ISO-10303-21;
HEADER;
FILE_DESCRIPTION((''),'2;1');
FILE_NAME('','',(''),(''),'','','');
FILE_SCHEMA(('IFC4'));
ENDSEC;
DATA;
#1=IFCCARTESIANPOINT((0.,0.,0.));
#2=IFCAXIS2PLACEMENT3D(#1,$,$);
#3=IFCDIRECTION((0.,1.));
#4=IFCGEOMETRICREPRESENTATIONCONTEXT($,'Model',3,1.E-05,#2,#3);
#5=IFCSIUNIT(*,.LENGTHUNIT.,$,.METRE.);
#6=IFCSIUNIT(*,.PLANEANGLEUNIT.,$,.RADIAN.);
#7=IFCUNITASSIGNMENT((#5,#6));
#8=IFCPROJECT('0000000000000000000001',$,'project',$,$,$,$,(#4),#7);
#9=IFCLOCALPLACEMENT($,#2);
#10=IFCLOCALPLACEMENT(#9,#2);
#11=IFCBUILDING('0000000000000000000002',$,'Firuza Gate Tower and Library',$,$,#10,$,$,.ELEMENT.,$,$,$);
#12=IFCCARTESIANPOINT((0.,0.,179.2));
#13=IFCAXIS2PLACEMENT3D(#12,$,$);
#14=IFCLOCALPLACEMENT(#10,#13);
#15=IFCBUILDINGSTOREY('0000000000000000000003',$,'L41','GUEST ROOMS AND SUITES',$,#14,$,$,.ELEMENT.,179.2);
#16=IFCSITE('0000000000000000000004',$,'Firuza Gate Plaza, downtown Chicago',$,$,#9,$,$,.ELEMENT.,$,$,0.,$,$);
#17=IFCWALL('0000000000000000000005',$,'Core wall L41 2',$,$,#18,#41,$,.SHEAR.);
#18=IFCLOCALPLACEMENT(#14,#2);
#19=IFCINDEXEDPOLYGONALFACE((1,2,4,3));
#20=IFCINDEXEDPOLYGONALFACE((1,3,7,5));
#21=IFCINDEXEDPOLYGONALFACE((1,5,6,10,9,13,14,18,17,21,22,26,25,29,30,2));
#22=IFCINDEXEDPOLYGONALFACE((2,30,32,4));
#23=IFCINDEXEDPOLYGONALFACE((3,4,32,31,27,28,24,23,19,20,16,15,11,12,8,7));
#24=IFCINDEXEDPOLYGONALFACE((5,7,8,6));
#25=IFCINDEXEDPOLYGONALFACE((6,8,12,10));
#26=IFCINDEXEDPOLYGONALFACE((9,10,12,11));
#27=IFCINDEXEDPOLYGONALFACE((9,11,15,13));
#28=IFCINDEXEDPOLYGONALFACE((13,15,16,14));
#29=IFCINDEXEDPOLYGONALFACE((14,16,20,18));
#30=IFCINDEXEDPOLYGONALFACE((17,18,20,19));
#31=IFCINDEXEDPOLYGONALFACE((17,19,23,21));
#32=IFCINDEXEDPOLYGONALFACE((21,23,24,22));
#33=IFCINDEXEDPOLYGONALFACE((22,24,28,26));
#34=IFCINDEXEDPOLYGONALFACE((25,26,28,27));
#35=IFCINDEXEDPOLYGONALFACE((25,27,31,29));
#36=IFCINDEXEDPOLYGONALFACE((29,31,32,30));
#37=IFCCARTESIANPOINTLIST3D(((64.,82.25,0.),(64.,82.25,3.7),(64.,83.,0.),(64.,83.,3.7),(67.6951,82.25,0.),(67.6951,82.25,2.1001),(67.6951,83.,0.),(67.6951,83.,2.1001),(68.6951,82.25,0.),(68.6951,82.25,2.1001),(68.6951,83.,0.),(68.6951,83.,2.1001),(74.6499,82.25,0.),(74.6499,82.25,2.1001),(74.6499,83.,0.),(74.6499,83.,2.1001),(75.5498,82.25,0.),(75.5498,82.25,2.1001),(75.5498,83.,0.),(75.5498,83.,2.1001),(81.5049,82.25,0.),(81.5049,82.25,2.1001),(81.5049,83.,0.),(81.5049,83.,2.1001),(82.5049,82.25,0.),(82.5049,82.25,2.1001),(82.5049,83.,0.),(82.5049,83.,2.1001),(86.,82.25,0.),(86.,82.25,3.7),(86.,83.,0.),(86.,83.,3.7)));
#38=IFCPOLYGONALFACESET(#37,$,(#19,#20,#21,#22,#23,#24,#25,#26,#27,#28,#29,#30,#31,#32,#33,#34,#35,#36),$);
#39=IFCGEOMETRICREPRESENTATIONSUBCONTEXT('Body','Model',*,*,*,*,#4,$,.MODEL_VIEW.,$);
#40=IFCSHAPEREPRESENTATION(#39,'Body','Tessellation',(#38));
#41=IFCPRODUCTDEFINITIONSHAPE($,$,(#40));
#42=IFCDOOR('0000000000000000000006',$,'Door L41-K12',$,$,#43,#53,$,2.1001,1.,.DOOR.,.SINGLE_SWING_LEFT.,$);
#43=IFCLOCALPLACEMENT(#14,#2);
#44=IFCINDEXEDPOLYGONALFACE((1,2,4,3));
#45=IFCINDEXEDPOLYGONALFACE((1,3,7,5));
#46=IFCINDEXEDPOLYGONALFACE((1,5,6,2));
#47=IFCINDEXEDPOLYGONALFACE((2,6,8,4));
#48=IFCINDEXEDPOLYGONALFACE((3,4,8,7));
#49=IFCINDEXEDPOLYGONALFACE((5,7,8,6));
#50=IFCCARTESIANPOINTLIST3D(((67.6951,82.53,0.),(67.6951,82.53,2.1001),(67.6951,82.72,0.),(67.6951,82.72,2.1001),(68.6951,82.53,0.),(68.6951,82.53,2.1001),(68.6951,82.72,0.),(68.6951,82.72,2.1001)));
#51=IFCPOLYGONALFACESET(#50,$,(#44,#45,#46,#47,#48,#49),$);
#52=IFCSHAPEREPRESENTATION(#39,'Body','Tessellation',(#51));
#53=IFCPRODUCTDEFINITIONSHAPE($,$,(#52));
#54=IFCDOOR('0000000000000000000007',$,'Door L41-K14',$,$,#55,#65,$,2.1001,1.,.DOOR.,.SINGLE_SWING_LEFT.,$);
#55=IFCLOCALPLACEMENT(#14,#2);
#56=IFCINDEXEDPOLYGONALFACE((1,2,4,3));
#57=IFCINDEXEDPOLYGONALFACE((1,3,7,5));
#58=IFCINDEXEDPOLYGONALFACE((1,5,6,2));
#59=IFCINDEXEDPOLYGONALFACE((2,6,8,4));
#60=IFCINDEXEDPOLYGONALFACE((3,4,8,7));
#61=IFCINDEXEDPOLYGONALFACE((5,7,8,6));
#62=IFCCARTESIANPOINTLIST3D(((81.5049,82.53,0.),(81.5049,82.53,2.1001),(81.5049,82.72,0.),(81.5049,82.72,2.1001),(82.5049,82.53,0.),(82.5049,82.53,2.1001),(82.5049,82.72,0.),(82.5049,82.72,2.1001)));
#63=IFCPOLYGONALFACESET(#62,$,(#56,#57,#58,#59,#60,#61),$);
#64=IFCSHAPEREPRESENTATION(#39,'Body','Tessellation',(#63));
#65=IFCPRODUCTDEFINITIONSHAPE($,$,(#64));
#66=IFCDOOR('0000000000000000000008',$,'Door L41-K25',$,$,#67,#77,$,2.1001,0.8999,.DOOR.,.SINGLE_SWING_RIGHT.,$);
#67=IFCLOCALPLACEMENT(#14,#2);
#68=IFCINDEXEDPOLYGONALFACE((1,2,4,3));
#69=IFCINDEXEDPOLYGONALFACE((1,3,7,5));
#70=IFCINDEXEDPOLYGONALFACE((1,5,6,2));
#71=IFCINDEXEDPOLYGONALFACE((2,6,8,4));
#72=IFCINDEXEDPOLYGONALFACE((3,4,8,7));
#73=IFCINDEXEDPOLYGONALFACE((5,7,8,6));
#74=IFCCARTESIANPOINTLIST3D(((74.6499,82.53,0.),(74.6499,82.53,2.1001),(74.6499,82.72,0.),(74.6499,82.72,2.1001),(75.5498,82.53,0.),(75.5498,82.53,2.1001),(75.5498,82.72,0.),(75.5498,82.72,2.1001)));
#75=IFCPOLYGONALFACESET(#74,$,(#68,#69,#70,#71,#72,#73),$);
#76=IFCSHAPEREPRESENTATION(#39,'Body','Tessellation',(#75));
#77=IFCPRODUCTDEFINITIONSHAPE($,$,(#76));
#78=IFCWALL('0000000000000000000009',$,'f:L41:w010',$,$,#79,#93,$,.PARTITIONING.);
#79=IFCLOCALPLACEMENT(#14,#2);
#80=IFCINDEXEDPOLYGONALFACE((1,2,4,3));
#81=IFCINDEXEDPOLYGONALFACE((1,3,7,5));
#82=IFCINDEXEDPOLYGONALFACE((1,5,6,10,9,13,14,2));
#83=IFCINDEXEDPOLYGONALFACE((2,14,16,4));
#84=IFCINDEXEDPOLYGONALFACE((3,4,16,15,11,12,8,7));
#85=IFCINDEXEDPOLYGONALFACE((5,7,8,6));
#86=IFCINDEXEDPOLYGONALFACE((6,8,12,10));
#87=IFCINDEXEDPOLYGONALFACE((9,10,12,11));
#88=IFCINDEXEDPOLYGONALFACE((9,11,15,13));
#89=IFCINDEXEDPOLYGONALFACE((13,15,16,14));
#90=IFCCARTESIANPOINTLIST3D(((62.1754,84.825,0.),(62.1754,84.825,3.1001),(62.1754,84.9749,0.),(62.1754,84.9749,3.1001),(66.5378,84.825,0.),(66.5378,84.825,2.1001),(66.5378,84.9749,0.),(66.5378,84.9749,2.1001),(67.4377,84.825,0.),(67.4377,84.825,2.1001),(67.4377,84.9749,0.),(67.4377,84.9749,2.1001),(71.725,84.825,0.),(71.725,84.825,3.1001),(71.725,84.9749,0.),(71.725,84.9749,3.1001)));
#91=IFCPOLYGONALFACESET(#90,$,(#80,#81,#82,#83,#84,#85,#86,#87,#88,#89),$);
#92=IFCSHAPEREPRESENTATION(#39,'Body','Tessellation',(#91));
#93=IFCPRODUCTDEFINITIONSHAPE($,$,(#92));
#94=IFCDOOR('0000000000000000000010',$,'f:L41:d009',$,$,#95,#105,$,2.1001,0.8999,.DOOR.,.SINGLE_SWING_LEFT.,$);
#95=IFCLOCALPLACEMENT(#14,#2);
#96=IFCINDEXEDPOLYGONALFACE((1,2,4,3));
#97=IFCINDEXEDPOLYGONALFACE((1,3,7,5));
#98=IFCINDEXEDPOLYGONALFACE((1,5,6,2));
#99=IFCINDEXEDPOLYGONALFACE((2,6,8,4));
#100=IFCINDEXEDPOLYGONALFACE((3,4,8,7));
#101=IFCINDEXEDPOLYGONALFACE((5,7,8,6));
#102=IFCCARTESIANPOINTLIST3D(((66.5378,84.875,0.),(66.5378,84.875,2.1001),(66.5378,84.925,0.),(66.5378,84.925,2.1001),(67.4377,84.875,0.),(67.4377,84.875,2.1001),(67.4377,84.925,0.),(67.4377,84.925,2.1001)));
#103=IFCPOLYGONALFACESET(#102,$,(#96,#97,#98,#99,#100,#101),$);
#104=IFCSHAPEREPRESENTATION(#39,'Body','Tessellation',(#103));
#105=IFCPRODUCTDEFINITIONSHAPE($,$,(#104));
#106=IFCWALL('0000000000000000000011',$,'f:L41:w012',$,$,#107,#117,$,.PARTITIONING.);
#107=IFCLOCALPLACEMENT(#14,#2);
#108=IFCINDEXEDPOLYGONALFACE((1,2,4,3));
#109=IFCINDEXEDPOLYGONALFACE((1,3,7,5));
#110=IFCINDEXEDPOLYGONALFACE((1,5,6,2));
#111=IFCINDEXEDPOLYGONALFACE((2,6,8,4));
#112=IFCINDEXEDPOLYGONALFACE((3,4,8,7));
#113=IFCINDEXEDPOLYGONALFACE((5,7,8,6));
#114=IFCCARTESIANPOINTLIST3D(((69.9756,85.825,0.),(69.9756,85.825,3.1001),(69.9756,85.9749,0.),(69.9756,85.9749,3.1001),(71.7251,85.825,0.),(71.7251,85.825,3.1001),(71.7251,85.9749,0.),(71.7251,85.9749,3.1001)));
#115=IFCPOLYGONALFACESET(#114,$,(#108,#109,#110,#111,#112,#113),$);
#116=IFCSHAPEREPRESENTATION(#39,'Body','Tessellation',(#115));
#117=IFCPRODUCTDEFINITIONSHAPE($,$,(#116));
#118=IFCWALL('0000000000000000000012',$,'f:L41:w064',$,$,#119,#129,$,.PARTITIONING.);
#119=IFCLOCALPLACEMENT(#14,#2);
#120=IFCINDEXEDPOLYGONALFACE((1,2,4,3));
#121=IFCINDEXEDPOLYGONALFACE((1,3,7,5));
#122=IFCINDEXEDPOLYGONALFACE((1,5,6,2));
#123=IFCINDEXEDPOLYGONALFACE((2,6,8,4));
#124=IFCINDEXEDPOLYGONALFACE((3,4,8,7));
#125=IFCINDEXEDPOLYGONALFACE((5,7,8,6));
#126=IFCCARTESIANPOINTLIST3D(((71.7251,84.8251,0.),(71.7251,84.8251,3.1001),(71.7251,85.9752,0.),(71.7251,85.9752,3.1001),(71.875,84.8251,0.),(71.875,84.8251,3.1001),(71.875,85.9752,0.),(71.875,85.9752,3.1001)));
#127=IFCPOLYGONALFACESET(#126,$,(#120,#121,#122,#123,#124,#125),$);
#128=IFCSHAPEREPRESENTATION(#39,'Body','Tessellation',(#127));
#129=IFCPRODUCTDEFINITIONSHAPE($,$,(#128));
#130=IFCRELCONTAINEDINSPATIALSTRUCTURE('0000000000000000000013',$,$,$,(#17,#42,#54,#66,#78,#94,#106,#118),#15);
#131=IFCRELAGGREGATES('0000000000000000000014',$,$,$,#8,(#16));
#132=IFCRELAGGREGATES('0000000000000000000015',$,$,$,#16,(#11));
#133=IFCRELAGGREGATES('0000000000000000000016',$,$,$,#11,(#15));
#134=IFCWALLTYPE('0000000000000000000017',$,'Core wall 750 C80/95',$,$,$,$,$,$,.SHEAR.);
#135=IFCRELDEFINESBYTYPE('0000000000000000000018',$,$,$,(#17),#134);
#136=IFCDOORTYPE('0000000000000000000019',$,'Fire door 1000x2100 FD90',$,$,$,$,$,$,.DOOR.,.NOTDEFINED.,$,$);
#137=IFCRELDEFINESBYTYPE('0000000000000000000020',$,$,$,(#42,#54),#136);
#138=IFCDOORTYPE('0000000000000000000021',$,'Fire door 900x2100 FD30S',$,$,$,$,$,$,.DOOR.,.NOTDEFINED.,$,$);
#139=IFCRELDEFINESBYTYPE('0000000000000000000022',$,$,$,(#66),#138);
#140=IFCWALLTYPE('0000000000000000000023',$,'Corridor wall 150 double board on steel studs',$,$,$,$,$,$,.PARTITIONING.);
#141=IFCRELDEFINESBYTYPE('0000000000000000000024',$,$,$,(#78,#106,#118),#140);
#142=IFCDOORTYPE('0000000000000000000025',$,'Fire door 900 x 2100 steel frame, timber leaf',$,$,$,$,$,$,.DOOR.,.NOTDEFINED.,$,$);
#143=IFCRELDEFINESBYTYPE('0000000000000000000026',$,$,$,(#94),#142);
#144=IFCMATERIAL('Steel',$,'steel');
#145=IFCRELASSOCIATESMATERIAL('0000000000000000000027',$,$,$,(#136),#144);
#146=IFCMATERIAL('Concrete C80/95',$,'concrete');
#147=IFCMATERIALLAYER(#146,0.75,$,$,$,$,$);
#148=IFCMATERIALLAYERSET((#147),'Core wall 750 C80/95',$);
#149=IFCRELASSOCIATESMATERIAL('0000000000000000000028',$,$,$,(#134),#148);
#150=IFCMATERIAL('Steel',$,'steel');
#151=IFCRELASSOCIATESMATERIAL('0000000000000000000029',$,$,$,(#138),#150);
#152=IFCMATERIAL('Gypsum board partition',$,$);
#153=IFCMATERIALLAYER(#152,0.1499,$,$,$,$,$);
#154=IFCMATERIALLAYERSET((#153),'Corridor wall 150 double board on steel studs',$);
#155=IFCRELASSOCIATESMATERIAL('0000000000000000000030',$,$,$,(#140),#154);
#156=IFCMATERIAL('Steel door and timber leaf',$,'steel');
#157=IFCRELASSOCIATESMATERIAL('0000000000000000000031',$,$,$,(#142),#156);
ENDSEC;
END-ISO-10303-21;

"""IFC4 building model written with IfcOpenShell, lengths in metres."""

from ifc_helpers import new_model, si_unit, direction, frame, frame_2d, origin, place, context, subcontext, project, spatial, rectangle, extrude, material, layer, layer_set, type_object, element, fill, save


model = new_model("IFC4")

# Units and contexts
model_context = context("Model", 3, precision=1e-05, world=origin(), true_north=direction((0.0, 1.0)))
body_context = subcontext(model_context, "Body", "Model", "MODEL_VIEW")
ifc_project = project(units=[si_unit("LENGTHUNIT", "METRE"), si_unit("PLANEANGLEUNIT", "RADIAN")], contexts=[model_context])

# Site, building, storey
site_placement = place(None, origin())
site = spatial("IfcSite", under=ifc_project, at=site_placement, Name="Firuza Gate Plaza, downtown Chicago", CompositionType="ELEMENT", RefElevation=0.0)
building_placement = place(site_placement, origin())
building = spatial("IfcBuilding", under=site, at=building_placement, Name="Firuza Gate Tower and Library", CompositionType="ELEMENT")
storey_placement = place(building_placement, frame((0.0, 0.0, 179.2)))
storey = spatial("IfcBuildingStorey", under=building, at=storey_placement, Name="L41", Description="GUEST ROOMS AND SUITES", CompositionType="ELEMENT", Elevation=179.2)

# Shared definitions
ifc_material_1 = material(Name="Steel", Category="steel")
door_type_1 = type_object("IfcDoorType", Name="Fire door 1000x2100 FD90", OperationType="NOTDEFINED", PredefinedType="DOOR", material=ifc_material_1)

# Wall, openings, doors
ifc_material_2 = material(Name="Concrete C80/95", Category="concrete")
ifc_layer_1 = layer(ifc_material_2, 0.75)
ifc_layer_set_1 = layer_set([ifc_layer_1], Name="Core wall 750 C80/95")
wall_type_1 = type_object("IfcWallType", Name="Core wall 750 C80/95", PredefinedType="SHEAR", material=ifc_layer_set_1)
wall_1_placement = place(storey_placement, frame((64.0, 82.625, 0.0), z_axis=(0.0, 0.0, 1.0), x_axis=(1.0, 0.0, 0.0)))
wall_1 = element("IfcWall", 1, at=wall_1_placement, inside=storey, type_object=wall_type_1, Name="Core wall L41 2", PredefinedType="SHEAR", context=body_context, shape_type="SweptSolid", body=[
    extrude(rectangle(XDim=22.0, YDim=0.75, at=frame_2d((11.0, 0.0))), origin(), (0.0, 0.0, 1.0), 3.7),
])
opening_1_placement = place(wall_1_placement, frame((3.6951, 0.0, 0.0)))
opening_1 = element("IfcOpeningElement", 2, at=opening_1_placement, cuts=wall_1, PredefinedType="OPENING", context=body_context, shape_type="SweptSolid", body=[
    extrude(rectangle(XDim=1.0, YDim=2.1001, at=frame_2d((0.5, 1.05))), frame((0.0, 0.385, 0.0), z_axis=(0.0, -1.0, 0.0), x_axis=(1.0, 0.0, 0.0)), (0.0, 0.0, 1.0), 0.77),
])
opening_2_placement = place(wall_1_placement, frame((17.5049, 0.0, 0.0)))
opening_2 = element("IfcOpeningElement", 3, at=opening_2_placement, cuts=wall_1, PredefinedType="OPENING", context=body_context, shape_type="SweptSolid", body=[
    extrude(rectangle(XDim=1.0, YDim=2.1001, at=frame_2d((0.5, 1.05))), frame((0.0, 0.385, 0.0), z_axis=(0.0, -1.0, 0.0), x_axis=(1.0, 0.0, 0.0)), (0.0, 0.0, 1.0), 0.77),
])
opening_3_placement = place(wall_1_placement, frame((10.6499, 0.0, 0.0)))
opening_3 = element("IfcOpeningElement", 4, at=opening_3_placement, cuts=wall_1, PredefinedType="OPENING", context=body_context, shape_type="SweptSolid", body=[
    extrude(rectangle(XDim=0.8999, YDim=2.1001, at=frame_2d((0.45, 1.05))), frame((0.0, 0.385, 0.0), z_axis=(0.0, -1.0, 0.0), x_axis=(1.0, 0.0, 0.0)), (0.0, 0.0, 1.0), 0.77),
])
door_1_placement = place(opening_1_placement, origin())
door_1 = element("IfcDoor", 5, at=door_1_placement, inside=storey, type_object=door_type_1, Name="Door L41-K12", OperationType="SINGLE_SWING_LEFT", OverallHeight=2.1001, OverallWidth=1.0, PredefinedType="DOOR", context=body_context, shape_type="SweptSolid", body=[
    extrude(rectangle(XDim=1.0, YDim=2.1001, at=frame_2d((0.5, 1.05))), frame((0.0, 0.095, 0.0), z_axis=(0.0, -1.0, 0.0), x_axis=(1.0, 0.0, 0.0)), (0.0, 0.0, 1.0), 0.1899),
])
fill(opening_1, door_1)
door_2_placement = place(opening_2_placement, origin())
door_2 = element("IfcDoor", 6, at=door_2_placement, inside=storey, type_object=door_type_1, Name="Door L41-K14", OperationType="SINGLE_SWING_LEFT", OverallHeight=2.1001, OverallWidth=1.0, PredefinedType="DOOR", context=body_context, shape_type="SweptSolid", body=[
    extrude(rectangle(XDim=1.0, YDim=2.1001, at=frame_2d((0.5, 1.05))), frame((0.0, 0.095, 0.0), z_axis=(0.0, -1.0, 0.0), x_axis=(1.0, 0.0, 0.0)), (0.0, 0.0, 1.0), 0.1899),
])
fill(opening_2, door_2)
ifc_material_3 = material(Name="Steel", Category="steel")
door_type_2 = type_object("IfcDoorType", Name="Fire door 900x2100 FD30S", OperationType="NOTDEFINED", PredefinedType="DOOR", material=ifc_material_3)
door_3_placement = place(opening_3_placement, origin())
door_3 = element("IfcDoor", 7, at=door_3_placement, inside=storey, type_object=door_type_2, Name="Door L41-K25", OperationType="SINGLE_SWING_RIGHT", OverallHeight=2.1001, OverallWidth=0.8999, PredefinedType="DOOR", context=body_context, shape_type="SweptSolid", body=[
    extrude(rectangle(XDim=0.8999, YDim=2.1001, at=frame_2d((0.45, 1.05))), frame((0.0, 0.095, 0.0), z_axis=(0.0, -1.0, 0.0), x_axis=(1.0, 0.0, 0.0)), (0.0, 0.0, 1.0), 0.1899),
])
fill(opening_3, door_3)

# Wall, opening, door
ifc_material_4 = material(Name="Gypsum board partition")
ifc_layer_2 = layer(ifc_material_4, 0.1499)
ifc_layer_set_2 = layer_set([ifc_layer_2], Name="Corridor wall 150 double board on steel studs")
wall_type_2 = type_object("IfcWallType", Name="Corridor wall 150 double board on steel studs", PredefinedType="PARTITIONING", material=ifc_layer_set_2)
wall_2_placement = place(storey_placement, frame((71.7251, 84.8999, 0.0), z_axis=(0.0, 0.0, 1.0), x_axis=(-1.0, 0.0, 0.0)))
wall_2 = element("IfcWall", 8, at=wall_2_placement, inside=storey, type_object=wall_type_2, Name="f:L41:w010", PredefinedType="PARTITIONING", context=body_context, shape_type="SweptSolid", body=[
    extrude(rectangle(XDim=9.5496, YDim=0.1499, at=frame_2d((4.7749, 0.0))), origin(), (0.0, 0.0, 1.0), 3.1001),
])
opening_4_placement = place(wall_2_placement, frame((4.2874, 0.0, 0.0)))
opening_4 = element("IfcOpeningElement", 9, at=opening_4_placement, cuts=wall_2, PredefinedType="OPENING", context=body_context, shape_type="SweptSolid", body=[
    extrude(rectangle(XDim=0.8999, YDim=2.1001, at=frame_2d((0.45, 1.05))), frame((0.0, 0.085, 0.0), z_axis=(0.0, -1.0, 0.0), x_axis=(1.0, 0.0, 0.0)), (0.0, 0.0, 1.0), 0.1699),
])
ifc_material_5 = material(Name="Steel door and timber leaf", Category="steel")
door_type_3 = type_object("IfcDoorType", Name="Fire door 900 x 2100 steel frame, timber leaf", OperationType="NOTDEFINED", PredefinedType="DOOR", material=ifc_material_5)
door_4_placement = place(opening_4_placement, origin())
door_4 = element("IfcDoor", 10, at=door_4_placement, inside=storey, type_object=door_type_3, Name="f:L41:d009", OperationType="SINGLE_SWING_LEFT", OverallHeight=2.1001, OverallWidth=0.8999, PredefinedType="DOOR", context=body_context, shape_type="SweptSolid", body=[
    extrude(rectangle(XDim=0.8999, YDim=2.1001, at=frame_2d((0.45, 1.05))), frame((0.0, 0.0249, 0.0), z_axis=(0.0, -1.0, 0.0), x_axis=(1.0, 0.0, 0.0)), (0.0, 0.0, 1.0), 0.05),
])
fill(opening_4, door_4)

# Walls
wall_3_placement = place(storey_placement, frame((69.9756, 85.8999, 0.0), z_axis=(0.0, 0.0, 1.0), x_axis=(1.0, 0.0, 0.0)))
element("IfcWall", 11, at=wall_3_placement, inside=storey, type_object=wall_type_2, Name="f:L41:w012", PredefinedType="PARTITIONING", context=body_context, shape_type="SweptSolid", body=[
    extrude(rectangle(XDim=1.7495, YDim=0.1499, at=frame_2d((0.8748, 0.0))), origin(), (0.0, 0.0, 1.0), 3.1001),
])
wall_4_placement = place(storey_placement, frame((71.8, 84.825, 0.0), z_axis=(0.0, 0.0, 1.0), x_axis=(0.0, 1.0, 0.0)))
element("IfcWall", 12, at=wall_4_placement, inside=storey, type_object=wall_type_2, Name="f:L41:w064", PredefinedType="PARTITIONING", context=body_context, shape_type="SweptSolid", body=[
    extrude(rectangle(XDim=1.1501, YDim=0.1499, at=frame_2d((0.5752, 0.0))), origin(), (0.0, 0.0, 1.0), 3.1001),
])

save(model, "model.ifc")
